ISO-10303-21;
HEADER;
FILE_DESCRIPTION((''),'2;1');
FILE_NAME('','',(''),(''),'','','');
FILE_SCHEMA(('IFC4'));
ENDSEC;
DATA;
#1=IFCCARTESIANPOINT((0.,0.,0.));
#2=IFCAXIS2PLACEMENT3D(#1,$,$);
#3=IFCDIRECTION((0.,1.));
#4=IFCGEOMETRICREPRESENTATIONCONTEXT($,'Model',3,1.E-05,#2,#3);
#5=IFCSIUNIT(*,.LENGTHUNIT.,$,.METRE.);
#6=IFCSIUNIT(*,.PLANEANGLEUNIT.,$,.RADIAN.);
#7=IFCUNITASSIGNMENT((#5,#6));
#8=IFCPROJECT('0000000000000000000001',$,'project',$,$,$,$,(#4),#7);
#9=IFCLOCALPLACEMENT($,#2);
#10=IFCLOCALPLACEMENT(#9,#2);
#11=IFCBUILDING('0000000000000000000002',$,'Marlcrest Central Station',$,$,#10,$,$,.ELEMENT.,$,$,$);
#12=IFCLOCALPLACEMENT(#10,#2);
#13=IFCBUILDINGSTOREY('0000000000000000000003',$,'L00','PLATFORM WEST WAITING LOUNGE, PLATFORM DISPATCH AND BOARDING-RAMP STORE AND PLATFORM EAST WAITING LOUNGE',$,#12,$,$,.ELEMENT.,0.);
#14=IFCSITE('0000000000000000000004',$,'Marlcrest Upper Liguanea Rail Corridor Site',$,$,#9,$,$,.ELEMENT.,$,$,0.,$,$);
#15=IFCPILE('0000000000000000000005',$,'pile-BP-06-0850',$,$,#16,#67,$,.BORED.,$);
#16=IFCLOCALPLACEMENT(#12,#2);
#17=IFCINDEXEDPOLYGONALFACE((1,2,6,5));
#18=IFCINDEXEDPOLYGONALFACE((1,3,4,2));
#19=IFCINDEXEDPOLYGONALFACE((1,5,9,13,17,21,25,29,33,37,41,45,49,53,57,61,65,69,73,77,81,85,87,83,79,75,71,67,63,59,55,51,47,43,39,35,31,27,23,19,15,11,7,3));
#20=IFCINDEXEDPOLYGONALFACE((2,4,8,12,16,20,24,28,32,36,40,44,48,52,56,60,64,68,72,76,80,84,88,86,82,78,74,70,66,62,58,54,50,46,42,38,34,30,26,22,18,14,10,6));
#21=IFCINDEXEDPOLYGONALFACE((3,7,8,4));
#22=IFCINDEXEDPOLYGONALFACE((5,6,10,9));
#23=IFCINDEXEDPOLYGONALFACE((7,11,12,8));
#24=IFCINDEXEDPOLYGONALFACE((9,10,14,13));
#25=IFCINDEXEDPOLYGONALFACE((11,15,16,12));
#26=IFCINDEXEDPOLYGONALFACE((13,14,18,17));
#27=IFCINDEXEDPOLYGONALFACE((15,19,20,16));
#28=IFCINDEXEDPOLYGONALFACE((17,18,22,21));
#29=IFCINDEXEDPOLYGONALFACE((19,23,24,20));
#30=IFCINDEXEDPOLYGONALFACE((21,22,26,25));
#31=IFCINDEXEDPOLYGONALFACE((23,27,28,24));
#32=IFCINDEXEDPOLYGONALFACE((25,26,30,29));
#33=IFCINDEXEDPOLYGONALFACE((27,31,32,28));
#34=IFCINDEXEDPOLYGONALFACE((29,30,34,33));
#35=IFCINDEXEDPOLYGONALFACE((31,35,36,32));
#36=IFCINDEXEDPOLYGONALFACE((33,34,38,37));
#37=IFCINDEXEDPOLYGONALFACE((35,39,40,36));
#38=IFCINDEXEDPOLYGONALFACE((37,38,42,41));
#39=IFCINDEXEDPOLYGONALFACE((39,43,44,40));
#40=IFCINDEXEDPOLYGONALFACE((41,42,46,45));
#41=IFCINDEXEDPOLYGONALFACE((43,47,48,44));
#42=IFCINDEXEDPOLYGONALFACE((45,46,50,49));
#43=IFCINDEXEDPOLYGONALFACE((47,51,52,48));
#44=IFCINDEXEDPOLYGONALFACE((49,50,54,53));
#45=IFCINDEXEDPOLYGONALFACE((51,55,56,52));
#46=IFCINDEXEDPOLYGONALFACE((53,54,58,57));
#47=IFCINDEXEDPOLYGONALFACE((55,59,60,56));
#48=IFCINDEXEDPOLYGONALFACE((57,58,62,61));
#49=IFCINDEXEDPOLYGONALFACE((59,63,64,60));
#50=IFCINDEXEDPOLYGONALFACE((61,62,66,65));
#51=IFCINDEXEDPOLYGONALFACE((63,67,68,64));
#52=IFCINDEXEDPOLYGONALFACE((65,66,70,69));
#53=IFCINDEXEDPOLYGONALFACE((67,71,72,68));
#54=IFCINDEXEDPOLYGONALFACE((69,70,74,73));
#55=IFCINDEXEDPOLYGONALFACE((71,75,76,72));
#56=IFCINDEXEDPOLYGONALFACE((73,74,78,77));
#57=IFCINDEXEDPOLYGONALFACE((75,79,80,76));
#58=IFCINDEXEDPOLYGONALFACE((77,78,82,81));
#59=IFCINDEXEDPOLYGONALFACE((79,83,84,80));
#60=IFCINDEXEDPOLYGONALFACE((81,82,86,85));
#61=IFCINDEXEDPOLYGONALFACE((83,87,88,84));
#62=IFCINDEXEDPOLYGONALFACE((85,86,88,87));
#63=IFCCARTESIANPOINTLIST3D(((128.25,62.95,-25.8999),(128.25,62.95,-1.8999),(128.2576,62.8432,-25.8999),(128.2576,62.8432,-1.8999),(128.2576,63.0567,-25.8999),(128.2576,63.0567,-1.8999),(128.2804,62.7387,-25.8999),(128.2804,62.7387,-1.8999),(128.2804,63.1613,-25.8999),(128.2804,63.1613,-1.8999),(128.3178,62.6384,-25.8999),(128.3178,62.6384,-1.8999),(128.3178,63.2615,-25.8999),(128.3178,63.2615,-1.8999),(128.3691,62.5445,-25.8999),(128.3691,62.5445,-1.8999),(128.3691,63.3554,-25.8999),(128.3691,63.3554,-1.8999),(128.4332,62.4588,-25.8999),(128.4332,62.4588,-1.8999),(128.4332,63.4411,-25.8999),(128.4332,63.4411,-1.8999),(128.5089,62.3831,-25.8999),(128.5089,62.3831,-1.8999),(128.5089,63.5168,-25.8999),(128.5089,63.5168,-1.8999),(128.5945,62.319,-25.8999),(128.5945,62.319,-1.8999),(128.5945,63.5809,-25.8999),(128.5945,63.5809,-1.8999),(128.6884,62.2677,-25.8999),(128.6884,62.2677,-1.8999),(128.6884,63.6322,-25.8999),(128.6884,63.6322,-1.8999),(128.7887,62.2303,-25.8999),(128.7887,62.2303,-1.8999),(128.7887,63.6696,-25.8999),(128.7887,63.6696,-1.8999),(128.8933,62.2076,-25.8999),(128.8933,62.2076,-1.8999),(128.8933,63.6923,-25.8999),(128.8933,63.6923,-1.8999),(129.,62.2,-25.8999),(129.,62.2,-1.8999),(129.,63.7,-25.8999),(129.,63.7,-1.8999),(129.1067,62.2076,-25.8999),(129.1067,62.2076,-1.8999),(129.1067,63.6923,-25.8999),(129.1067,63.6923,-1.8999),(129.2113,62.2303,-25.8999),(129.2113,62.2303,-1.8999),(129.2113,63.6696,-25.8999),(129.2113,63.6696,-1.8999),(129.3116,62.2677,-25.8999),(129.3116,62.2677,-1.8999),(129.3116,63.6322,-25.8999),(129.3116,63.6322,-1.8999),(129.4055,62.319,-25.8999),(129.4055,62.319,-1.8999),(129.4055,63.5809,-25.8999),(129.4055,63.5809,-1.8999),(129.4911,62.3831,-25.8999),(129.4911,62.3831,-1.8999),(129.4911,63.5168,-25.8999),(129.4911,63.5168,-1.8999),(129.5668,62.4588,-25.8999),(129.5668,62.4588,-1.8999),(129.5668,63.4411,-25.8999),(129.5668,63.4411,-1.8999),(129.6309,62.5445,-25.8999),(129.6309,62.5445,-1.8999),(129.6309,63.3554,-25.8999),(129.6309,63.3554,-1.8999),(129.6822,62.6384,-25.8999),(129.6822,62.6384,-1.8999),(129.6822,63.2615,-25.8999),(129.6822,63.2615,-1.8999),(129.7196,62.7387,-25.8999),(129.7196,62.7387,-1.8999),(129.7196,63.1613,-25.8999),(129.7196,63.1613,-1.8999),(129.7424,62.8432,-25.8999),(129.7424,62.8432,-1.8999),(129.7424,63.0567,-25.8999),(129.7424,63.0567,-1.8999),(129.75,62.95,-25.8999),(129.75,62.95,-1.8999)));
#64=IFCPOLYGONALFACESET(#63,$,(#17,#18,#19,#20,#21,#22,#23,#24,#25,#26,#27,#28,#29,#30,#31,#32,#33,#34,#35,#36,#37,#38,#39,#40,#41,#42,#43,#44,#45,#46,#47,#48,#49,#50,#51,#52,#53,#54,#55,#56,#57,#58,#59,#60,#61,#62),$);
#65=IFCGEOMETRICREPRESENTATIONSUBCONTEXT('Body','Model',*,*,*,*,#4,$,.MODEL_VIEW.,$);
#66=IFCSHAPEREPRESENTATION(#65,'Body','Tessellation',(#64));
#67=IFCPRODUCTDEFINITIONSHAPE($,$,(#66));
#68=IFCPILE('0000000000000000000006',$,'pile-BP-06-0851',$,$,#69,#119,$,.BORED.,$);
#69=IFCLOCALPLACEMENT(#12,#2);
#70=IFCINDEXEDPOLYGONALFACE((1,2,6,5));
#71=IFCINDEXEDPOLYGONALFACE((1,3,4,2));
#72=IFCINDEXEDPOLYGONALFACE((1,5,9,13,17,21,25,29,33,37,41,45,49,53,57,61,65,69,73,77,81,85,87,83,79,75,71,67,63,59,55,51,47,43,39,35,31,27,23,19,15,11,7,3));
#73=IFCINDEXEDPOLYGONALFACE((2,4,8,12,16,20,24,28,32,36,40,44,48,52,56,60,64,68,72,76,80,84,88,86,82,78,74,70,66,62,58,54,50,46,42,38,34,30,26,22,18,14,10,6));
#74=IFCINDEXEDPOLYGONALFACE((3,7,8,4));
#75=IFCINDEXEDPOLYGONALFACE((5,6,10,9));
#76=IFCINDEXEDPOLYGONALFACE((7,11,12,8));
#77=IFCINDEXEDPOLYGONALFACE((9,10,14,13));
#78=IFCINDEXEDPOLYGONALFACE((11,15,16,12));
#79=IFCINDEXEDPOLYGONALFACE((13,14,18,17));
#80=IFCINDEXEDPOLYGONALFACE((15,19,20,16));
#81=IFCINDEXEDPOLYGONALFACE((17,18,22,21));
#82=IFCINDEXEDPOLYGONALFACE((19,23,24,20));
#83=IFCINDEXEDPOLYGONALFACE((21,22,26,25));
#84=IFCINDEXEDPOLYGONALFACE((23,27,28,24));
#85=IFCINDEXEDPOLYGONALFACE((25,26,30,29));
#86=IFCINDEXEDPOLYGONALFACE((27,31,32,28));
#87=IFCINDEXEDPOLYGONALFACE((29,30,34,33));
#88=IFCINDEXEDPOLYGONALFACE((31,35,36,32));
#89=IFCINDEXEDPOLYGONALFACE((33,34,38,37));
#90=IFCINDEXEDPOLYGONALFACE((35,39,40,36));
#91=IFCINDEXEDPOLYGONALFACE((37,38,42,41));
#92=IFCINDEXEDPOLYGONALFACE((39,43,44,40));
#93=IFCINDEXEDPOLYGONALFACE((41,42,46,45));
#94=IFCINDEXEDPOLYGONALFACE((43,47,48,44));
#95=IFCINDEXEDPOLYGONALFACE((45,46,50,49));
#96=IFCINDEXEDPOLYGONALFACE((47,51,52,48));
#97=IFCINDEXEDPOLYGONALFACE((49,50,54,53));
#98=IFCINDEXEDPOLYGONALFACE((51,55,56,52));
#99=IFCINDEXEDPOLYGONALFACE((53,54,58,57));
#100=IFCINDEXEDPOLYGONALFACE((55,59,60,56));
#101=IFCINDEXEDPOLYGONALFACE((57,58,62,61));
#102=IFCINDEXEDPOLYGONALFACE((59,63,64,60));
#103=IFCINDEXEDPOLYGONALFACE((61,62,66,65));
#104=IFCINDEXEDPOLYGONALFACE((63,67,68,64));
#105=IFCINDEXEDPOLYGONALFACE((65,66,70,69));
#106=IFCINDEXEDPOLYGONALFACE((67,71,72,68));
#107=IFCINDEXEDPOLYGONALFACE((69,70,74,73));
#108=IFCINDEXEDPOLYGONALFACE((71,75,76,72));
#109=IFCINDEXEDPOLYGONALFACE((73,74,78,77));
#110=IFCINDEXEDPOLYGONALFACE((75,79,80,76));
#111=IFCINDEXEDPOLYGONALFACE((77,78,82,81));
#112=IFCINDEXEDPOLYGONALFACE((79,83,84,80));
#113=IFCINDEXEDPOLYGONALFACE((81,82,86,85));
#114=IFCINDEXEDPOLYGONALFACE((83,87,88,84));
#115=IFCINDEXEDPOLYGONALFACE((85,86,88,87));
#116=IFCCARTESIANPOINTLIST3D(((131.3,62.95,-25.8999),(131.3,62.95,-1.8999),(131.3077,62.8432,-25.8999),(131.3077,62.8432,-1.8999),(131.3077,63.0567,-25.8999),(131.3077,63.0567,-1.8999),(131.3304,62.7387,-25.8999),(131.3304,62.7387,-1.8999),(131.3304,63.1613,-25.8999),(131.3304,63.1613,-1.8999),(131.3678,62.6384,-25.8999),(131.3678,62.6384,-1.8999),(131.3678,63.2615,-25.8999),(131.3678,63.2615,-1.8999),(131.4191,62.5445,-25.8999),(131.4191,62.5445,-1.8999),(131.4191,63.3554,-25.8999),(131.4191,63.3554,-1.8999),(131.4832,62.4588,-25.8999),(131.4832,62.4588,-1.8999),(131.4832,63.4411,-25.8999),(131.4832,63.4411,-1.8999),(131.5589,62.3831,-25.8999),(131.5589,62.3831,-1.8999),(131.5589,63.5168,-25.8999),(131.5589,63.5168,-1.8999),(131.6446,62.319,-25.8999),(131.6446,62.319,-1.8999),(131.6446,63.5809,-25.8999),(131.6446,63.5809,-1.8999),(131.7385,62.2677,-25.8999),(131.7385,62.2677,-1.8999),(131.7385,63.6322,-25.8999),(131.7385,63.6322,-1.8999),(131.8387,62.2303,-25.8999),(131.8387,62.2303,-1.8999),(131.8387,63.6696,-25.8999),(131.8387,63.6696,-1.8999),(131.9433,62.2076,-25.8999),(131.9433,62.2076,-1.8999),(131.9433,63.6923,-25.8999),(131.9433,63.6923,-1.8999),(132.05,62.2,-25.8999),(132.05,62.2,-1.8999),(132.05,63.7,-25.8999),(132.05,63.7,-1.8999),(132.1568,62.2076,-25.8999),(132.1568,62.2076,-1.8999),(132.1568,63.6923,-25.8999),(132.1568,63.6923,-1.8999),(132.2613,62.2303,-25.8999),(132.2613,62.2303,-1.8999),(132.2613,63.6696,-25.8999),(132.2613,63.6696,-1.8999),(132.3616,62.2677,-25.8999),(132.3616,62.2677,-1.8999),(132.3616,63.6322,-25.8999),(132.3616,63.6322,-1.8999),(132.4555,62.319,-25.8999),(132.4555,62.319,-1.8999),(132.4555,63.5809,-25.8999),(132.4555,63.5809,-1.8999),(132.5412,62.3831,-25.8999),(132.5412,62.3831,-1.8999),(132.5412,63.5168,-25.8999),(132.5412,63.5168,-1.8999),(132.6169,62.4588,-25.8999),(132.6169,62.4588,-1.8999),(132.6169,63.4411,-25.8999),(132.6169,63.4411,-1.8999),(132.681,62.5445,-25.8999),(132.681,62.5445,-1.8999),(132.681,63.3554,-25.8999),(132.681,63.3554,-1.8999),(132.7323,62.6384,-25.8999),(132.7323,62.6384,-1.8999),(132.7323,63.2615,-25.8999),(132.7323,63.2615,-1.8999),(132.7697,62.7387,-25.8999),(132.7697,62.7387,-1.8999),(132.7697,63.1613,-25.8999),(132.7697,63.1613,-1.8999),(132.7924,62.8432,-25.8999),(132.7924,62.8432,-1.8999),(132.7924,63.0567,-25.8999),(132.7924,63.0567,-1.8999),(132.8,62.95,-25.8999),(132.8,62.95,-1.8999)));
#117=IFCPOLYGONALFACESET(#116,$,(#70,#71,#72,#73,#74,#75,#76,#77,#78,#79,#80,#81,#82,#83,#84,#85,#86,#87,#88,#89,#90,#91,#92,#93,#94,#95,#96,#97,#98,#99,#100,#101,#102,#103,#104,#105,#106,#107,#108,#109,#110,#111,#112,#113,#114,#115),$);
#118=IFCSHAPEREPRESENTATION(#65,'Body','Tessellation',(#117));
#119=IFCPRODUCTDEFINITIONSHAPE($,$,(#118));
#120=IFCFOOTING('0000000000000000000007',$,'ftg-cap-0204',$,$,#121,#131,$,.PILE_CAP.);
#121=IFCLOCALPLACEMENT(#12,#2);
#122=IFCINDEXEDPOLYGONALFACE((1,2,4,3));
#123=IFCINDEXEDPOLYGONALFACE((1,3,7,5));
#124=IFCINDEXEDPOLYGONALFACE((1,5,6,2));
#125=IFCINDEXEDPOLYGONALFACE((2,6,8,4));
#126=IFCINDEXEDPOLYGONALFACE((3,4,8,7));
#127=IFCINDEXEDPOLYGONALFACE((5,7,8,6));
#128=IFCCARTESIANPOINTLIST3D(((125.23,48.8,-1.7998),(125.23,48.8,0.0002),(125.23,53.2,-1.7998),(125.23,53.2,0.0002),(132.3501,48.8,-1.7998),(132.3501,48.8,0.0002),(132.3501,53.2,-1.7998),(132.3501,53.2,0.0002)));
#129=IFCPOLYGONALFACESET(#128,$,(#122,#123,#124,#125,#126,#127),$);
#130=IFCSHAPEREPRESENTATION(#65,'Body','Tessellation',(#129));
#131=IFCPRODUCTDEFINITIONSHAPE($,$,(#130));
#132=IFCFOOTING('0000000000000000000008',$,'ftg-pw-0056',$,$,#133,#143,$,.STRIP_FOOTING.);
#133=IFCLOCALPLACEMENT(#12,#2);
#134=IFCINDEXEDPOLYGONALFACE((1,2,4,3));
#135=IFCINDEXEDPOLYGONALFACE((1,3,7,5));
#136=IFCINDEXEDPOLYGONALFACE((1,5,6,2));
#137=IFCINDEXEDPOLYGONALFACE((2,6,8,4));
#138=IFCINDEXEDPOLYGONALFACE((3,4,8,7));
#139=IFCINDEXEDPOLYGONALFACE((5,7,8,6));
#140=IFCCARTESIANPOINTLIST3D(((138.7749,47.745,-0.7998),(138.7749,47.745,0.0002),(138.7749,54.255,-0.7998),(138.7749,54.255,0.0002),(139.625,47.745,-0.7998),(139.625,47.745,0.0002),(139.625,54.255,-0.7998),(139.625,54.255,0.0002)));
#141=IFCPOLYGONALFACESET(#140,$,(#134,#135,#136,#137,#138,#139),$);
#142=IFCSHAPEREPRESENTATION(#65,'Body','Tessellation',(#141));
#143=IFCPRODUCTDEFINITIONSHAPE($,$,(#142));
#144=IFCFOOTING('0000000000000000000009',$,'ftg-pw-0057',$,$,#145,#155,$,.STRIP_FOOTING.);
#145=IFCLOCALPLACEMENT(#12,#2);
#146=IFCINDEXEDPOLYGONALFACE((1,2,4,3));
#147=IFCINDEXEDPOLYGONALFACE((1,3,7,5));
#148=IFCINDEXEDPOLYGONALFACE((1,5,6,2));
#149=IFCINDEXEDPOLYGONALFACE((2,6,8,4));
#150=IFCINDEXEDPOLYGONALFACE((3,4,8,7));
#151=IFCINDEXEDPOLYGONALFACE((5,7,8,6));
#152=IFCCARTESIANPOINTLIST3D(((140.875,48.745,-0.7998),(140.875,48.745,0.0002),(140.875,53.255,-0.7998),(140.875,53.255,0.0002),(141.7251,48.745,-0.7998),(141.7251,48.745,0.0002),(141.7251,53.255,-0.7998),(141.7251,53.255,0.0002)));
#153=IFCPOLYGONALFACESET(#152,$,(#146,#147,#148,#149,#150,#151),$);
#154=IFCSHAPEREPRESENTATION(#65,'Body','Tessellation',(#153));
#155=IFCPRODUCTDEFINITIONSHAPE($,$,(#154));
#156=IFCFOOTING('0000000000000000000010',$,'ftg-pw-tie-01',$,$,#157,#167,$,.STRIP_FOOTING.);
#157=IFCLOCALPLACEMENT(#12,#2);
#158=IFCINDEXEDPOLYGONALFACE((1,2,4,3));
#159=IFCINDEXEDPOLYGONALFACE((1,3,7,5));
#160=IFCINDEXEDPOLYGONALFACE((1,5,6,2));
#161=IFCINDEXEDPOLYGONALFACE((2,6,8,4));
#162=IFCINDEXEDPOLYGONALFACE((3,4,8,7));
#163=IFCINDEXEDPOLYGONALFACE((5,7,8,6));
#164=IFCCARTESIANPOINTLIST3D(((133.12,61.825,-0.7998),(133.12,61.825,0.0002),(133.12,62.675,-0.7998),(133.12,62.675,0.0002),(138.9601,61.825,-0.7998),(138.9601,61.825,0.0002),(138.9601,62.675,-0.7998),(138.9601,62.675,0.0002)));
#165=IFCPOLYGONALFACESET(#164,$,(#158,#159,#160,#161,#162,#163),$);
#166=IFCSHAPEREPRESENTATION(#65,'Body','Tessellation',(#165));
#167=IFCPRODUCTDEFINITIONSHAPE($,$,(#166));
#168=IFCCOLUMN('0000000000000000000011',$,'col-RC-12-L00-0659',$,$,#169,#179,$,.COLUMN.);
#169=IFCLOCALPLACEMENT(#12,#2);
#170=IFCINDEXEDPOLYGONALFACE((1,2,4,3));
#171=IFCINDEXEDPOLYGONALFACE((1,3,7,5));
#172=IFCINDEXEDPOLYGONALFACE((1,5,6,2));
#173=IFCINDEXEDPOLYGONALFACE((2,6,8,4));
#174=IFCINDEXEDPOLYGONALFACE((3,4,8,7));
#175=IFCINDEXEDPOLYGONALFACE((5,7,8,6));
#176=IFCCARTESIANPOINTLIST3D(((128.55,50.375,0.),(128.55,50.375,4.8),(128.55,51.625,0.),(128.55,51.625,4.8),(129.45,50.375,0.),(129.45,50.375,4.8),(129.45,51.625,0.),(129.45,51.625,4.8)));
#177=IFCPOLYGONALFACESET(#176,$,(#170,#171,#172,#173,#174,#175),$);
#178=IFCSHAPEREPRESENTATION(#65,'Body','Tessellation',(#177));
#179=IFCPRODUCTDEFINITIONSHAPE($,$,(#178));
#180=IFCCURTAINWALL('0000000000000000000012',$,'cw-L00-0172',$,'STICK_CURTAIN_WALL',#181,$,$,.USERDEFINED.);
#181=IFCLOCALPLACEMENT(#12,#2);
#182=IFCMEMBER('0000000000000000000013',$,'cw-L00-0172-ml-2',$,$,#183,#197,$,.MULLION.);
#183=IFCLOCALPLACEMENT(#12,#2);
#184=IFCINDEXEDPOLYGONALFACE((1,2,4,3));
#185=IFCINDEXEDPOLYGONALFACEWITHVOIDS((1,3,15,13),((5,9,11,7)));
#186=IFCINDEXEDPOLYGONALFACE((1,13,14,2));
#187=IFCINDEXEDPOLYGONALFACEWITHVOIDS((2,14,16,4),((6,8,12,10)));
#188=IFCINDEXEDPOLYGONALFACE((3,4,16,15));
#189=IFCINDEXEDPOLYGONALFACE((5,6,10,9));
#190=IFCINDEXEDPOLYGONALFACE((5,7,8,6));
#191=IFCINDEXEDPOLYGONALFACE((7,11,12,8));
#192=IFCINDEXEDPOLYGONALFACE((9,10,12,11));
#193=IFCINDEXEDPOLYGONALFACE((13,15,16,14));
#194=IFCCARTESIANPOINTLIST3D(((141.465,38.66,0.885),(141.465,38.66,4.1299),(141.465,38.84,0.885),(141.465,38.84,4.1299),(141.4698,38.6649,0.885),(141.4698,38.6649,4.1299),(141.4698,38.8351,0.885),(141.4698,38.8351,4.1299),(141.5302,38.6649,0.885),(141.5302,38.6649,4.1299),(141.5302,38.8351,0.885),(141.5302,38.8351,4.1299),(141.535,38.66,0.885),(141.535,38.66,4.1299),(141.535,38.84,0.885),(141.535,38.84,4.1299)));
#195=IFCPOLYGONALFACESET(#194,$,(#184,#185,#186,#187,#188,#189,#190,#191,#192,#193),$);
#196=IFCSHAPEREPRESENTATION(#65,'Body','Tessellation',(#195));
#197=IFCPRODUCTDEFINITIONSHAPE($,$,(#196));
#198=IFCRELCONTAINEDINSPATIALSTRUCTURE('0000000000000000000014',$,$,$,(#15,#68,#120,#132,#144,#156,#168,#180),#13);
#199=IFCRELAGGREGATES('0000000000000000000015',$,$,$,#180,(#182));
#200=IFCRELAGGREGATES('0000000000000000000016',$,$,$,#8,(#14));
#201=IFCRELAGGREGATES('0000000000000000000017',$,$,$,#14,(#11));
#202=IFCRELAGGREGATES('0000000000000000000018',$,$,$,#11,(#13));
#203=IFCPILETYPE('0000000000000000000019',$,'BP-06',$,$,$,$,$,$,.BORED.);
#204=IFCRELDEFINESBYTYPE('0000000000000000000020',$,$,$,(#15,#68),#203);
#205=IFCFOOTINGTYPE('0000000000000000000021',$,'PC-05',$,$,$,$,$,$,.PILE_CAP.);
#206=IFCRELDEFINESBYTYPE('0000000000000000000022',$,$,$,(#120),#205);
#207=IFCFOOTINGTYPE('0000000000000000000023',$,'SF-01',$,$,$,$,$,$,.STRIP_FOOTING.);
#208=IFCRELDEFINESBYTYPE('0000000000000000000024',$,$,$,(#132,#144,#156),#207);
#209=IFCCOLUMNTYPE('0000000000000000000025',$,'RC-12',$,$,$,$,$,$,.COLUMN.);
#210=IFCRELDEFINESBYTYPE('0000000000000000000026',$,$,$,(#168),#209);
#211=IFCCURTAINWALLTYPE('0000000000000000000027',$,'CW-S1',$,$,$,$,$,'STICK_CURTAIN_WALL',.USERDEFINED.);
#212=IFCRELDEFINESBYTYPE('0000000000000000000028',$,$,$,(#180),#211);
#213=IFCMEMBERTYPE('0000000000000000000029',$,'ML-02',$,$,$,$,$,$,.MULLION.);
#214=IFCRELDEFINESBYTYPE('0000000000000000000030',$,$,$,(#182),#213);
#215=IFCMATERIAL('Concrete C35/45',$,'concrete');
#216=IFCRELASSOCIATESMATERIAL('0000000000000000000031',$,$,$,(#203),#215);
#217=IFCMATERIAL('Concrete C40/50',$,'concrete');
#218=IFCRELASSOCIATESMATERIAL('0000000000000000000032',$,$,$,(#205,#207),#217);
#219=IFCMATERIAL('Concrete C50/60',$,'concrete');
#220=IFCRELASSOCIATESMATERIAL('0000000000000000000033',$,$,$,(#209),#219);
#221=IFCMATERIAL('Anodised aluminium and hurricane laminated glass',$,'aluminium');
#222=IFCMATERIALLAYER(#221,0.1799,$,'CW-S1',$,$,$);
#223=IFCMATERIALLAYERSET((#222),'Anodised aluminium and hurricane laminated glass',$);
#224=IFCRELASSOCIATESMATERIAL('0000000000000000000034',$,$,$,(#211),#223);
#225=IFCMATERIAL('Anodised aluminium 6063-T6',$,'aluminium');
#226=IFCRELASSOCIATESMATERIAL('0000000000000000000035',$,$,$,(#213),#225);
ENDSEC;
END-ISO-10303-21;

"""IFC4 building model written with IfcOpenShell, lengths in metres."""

from ifc_helpers import new_model, si_unit, direction, frame, origin, origin_2d, place, context, subcontext, project, spatial, rectangle, hollow_rectangle, circle, extrude, material, layer, layer_set, material_profile, profile_set, type_object, element, aggregate, save


model = new_model("IFC4")

# Units and contexts
model_context = context("Model", 3, precision=1e-05, world=origin(), true_north=direction((0.0, 1.0)))
body_context = subcontext(model_context, "Body", "Model", "MODEL_VIEW")
ifc_project = project(units=[si_unit("LENGTHUNIT", "METRE"), si_unit("PLANEANGLEUNIT", "RADIAN")], contexts=[model_context])

# Site, building, storey
site_placement = place(None, origin())
site = spatial("IfcSite", under=ifc_project, at=site_placement, Name="Marlcrest Upper Liguanea Rail Corridor Site", CompositionType="ELEMENT", RefElevation=0.0)
building_placement = place(site_placement, origin())
building = spatial("IfcBuilding", under=site, at=building_placement, Name="Marlcrest Central Station", CompositionType="ELEMENT")
storey_placement = place(building_placement, origin())
storey = spatial("IfcBuildingStorey", under=building, at=storey_placement, Name="L00", Description="PLATFORM WEST WAITING LOUNGE, PLATFORM DISPATCH AND BOARDING-RAMP STORE AND PLATFORM EAST WAITING LOUNGE", CompositionType="ELEMENT", Elevation=0.0)

# Piles
ifc_material_1 = material(Name="Concrete C35/45", Category="concrete")
ifc_material_profile_1 = material_profile(ifc_material_1, circle(Radius=0.75, at=origin_2d()), Name="PILE D1500")
ifc_profile_set_1 = profile_set([ifc_material_profile_1], Name="Concrete C35/45")
pile_type_1 = type_object("IfcPileType", Name="BP-06", PredefinedType="BORED", material=ifc_profile_set_1)
for number, where, z_axis, x_axis, name in (
    (1, (129.0, 62.95, -1.8999), (0.0, 0.0, -1.0), (1.0, 0.0, 0.0), "pile-BP-06-0850"),
    (2, (132.05, 62.95, -1.8999), (0.0, 0.0, -1.0), (1.0, 0.0, 0.0), "pile-BP-06-0851"),
):
    element("IfcPile", number, at=place(storey_placement, frame(where, z_axis=z_axis, x_axis=x_axis)), inside=storey, type_object=pile_type_1, Name=name, PredefinedType="BORED", context=body_context, shape_type="SweptSolid", body=[
        extrude(circle(Radius=0.75, at=origin_2d()), origin(), (0.0, 0.0, 1.0), 24.0),
    ])

# Footings
ifc_material_2 = material(Name="Concrete C40/50", Category="concrete")
footing_type_1 = type_object("IfcFootingType", Name="PC-05", PredefinedType="PILE_CAP", material=ifc_material_2)
footing_1_placement = place(storey_placement, frame((128.79, 51.0, -1.7998), z_axis=(0.0, 0.0, 1.0), x_axis=(1.0, 0.0, 0.0)))
element("IfcFooting", 3, at=footing_1_placement, inside=storey, type_object=footing_type_1, Name="ftg-cap-0204", PredefinedType="PILE_CAP", context=body_context, shape_type="SweptSolid", body=[
    extrude(rectangle(XDim=7.1201, YDim=4.3999, at=origin_2d()), origin(), (0.0, 0.0, 1.0), 1.8),
])
footing_type_2 = type_object("IfcFootingType", Name="SF-01", PredefinedType="STRIP_FOOTING", material=ifc_material_2)
footing_2_placement = place(storey_placement, frame((139.2, 51.0, -0.7998), z_axis=(0.0, 0.0, 1.0), x_axis=(1.0, 0.0, 0.0)))
element("IfcFooting", 4, at=footing_2_placement, inside=storey, type_object=footing_type_2, Name="ftg-pw-0056", PredefinedType="STRIP_FOOTING", context=body_context, shape_type="SweptSolid", body=[
    extrude(rectangle(XDim=0.8501, YDim=6.51, at=origin_2d()), origin(), (0.0, 0.0, 1.0), 0.8),
])
footing_3_placement = place(storey_placement, frame((141.3, 51.0, -0.7998), z_axis=(0.0, 0.0, 1.0), x_axis=(1.0, 0.0, 0.0)))
element("IfcFooting", 5, at=footing_3_placement, inside=storey, type_object=footing_type_2, Name="ftg-pw-0057", PredefinedType="STRIP_FOOTING", context=body_context, shape_type="SweptSolid", body=[
    extrude(rectangle(XDim=0.8501, YDim=4.51, at=origin_2d()), origin(), (0.0, 0.0, 1.0), 0.8),
])
footing_4_placement = place(storey_placement, frame((136.04, 62.25, -0.7998), z_axis=(0.0, 0.0, 1.0), x_axis=(1.0, 0.0, 0.0)))
element("IfcFooting", 6, at=footing_4_placement, inside=storey, type_object=footing_type_2, Name="ftg-pw-tie-01", PredefinedType="STRIP_FOOTING", context=body_context, shape_type="SweptSolid", body=[
    extrude(rectangle(XDim=5.8401, YDim=0.8501, at=origin_2d()), origin(), (0.0, 0.0, 1.0), 0.8),
])

# Column
ifc_material_3 = material(Name="Concrete C50/60", Category="concrete")
ifc_material_profile_2 = material_profile(ifc_material_3, rectangle(XDim=0.8999, YDim=1.25, at=origin_2d()), Name="RC 900x1250")
ifc_profile_set_2 = profile_set([ifc_material_profile_2], Name="Concrete C50/60")
column_type = type_object("IfcColumnType", Name="RC-12", PredefinedType="COLUMN", material=ifc_profile_set_2)
column_placement = place(storey_placement, frame((129.0, 51.0, 0.0), z_axis=(0.0, 0.0, 1.0), x_axis=(1.0, 0.0, 0.0)))
element("IfcColumn", 7, at=column_placement, inside=storey, type_object=column_type, Name="col-RC-12-L00-0659", PredefinedType="COLUMN", context=body_context, shape_type="SweptSolid", body=[
    extrude(rectangle(XDim=0.8999, YDim=1.25, at=origin_2d()), origin(), (0.0, 0.0, 1.0), 4.8),
])

# Curtain wall, member
ifc_material_4 = material(Name="Anodised aluminium and hurricane laminated glass", Category="aluminium")
ifc_layer_1 = layer(ifc_material_4, 0.1799, Name="CW-S1")
ifc_layer_set_1 = layer_set([ifc_layer_1], Name="Anodised aluminium and hurricane laminated glass")
curtain_wall_type = type_object("IfcCurtainWallType", Name="CW-S1", ElementType="STICK_CURTAIN_WALL", PredefinedType="USERDEFINED", material=ifc_layer_set_1)
curtain_wall_1_placement = place(storey_placement, origin())
curtain_wall_1 = element("IfcCurtainWall", 8, at=curtain_wall_1_placement, inside=storey, type_object=curtain_wall_type, Name="cw-L00-0172", ObjectType="STICK_CURTAIN_WALL", PredefinedType="USERDEFINED")
ifc_material_5 = material(Name="Anodised aluminium 6063-T6", Category="aluminium")
ifc_material_profile_3 = material_profile(ifc_material_5, hollow_rectangle(XDim=0.0701, YDim=0.1799, WallThickness=0.0049, at=origin_2d()), Name="AA-RHS 180x70x5")
ifc_profile_set_3 = profile_set([ifc_material_profile_3], Name="Anodised aluminium 6063-T6")
member_type_1 = type_object("IfcMemberType", Name="ML-02", PredefinedType="MULLION", material=ifc_profile_set_3)
member_1_placement = place(storey_placement, frame((141.5, 38.75, 0.885), z_axis=(0.0, 0.0, 1.0), x_axis=(1.0, 0.0, 0.0)))
member_1 = element("IfcMember", 9, at=member_1_placement, type_object=member_type_1, Name="cw-L00-0172-ml-2", PredefinedType="MULLION", context=body_context, shape_type="SweptSolid", body=[
    extrude(hollow_rectangle(XDim=0.0701, YDim=0.1799, WallThickness=0.0049, at=origin_2d()), origin(), (0.0, 0.0, 1.0), 3.2449),
])
aggregate(curtain_wall_1, [member_1])

save(model, "model.ifc")
